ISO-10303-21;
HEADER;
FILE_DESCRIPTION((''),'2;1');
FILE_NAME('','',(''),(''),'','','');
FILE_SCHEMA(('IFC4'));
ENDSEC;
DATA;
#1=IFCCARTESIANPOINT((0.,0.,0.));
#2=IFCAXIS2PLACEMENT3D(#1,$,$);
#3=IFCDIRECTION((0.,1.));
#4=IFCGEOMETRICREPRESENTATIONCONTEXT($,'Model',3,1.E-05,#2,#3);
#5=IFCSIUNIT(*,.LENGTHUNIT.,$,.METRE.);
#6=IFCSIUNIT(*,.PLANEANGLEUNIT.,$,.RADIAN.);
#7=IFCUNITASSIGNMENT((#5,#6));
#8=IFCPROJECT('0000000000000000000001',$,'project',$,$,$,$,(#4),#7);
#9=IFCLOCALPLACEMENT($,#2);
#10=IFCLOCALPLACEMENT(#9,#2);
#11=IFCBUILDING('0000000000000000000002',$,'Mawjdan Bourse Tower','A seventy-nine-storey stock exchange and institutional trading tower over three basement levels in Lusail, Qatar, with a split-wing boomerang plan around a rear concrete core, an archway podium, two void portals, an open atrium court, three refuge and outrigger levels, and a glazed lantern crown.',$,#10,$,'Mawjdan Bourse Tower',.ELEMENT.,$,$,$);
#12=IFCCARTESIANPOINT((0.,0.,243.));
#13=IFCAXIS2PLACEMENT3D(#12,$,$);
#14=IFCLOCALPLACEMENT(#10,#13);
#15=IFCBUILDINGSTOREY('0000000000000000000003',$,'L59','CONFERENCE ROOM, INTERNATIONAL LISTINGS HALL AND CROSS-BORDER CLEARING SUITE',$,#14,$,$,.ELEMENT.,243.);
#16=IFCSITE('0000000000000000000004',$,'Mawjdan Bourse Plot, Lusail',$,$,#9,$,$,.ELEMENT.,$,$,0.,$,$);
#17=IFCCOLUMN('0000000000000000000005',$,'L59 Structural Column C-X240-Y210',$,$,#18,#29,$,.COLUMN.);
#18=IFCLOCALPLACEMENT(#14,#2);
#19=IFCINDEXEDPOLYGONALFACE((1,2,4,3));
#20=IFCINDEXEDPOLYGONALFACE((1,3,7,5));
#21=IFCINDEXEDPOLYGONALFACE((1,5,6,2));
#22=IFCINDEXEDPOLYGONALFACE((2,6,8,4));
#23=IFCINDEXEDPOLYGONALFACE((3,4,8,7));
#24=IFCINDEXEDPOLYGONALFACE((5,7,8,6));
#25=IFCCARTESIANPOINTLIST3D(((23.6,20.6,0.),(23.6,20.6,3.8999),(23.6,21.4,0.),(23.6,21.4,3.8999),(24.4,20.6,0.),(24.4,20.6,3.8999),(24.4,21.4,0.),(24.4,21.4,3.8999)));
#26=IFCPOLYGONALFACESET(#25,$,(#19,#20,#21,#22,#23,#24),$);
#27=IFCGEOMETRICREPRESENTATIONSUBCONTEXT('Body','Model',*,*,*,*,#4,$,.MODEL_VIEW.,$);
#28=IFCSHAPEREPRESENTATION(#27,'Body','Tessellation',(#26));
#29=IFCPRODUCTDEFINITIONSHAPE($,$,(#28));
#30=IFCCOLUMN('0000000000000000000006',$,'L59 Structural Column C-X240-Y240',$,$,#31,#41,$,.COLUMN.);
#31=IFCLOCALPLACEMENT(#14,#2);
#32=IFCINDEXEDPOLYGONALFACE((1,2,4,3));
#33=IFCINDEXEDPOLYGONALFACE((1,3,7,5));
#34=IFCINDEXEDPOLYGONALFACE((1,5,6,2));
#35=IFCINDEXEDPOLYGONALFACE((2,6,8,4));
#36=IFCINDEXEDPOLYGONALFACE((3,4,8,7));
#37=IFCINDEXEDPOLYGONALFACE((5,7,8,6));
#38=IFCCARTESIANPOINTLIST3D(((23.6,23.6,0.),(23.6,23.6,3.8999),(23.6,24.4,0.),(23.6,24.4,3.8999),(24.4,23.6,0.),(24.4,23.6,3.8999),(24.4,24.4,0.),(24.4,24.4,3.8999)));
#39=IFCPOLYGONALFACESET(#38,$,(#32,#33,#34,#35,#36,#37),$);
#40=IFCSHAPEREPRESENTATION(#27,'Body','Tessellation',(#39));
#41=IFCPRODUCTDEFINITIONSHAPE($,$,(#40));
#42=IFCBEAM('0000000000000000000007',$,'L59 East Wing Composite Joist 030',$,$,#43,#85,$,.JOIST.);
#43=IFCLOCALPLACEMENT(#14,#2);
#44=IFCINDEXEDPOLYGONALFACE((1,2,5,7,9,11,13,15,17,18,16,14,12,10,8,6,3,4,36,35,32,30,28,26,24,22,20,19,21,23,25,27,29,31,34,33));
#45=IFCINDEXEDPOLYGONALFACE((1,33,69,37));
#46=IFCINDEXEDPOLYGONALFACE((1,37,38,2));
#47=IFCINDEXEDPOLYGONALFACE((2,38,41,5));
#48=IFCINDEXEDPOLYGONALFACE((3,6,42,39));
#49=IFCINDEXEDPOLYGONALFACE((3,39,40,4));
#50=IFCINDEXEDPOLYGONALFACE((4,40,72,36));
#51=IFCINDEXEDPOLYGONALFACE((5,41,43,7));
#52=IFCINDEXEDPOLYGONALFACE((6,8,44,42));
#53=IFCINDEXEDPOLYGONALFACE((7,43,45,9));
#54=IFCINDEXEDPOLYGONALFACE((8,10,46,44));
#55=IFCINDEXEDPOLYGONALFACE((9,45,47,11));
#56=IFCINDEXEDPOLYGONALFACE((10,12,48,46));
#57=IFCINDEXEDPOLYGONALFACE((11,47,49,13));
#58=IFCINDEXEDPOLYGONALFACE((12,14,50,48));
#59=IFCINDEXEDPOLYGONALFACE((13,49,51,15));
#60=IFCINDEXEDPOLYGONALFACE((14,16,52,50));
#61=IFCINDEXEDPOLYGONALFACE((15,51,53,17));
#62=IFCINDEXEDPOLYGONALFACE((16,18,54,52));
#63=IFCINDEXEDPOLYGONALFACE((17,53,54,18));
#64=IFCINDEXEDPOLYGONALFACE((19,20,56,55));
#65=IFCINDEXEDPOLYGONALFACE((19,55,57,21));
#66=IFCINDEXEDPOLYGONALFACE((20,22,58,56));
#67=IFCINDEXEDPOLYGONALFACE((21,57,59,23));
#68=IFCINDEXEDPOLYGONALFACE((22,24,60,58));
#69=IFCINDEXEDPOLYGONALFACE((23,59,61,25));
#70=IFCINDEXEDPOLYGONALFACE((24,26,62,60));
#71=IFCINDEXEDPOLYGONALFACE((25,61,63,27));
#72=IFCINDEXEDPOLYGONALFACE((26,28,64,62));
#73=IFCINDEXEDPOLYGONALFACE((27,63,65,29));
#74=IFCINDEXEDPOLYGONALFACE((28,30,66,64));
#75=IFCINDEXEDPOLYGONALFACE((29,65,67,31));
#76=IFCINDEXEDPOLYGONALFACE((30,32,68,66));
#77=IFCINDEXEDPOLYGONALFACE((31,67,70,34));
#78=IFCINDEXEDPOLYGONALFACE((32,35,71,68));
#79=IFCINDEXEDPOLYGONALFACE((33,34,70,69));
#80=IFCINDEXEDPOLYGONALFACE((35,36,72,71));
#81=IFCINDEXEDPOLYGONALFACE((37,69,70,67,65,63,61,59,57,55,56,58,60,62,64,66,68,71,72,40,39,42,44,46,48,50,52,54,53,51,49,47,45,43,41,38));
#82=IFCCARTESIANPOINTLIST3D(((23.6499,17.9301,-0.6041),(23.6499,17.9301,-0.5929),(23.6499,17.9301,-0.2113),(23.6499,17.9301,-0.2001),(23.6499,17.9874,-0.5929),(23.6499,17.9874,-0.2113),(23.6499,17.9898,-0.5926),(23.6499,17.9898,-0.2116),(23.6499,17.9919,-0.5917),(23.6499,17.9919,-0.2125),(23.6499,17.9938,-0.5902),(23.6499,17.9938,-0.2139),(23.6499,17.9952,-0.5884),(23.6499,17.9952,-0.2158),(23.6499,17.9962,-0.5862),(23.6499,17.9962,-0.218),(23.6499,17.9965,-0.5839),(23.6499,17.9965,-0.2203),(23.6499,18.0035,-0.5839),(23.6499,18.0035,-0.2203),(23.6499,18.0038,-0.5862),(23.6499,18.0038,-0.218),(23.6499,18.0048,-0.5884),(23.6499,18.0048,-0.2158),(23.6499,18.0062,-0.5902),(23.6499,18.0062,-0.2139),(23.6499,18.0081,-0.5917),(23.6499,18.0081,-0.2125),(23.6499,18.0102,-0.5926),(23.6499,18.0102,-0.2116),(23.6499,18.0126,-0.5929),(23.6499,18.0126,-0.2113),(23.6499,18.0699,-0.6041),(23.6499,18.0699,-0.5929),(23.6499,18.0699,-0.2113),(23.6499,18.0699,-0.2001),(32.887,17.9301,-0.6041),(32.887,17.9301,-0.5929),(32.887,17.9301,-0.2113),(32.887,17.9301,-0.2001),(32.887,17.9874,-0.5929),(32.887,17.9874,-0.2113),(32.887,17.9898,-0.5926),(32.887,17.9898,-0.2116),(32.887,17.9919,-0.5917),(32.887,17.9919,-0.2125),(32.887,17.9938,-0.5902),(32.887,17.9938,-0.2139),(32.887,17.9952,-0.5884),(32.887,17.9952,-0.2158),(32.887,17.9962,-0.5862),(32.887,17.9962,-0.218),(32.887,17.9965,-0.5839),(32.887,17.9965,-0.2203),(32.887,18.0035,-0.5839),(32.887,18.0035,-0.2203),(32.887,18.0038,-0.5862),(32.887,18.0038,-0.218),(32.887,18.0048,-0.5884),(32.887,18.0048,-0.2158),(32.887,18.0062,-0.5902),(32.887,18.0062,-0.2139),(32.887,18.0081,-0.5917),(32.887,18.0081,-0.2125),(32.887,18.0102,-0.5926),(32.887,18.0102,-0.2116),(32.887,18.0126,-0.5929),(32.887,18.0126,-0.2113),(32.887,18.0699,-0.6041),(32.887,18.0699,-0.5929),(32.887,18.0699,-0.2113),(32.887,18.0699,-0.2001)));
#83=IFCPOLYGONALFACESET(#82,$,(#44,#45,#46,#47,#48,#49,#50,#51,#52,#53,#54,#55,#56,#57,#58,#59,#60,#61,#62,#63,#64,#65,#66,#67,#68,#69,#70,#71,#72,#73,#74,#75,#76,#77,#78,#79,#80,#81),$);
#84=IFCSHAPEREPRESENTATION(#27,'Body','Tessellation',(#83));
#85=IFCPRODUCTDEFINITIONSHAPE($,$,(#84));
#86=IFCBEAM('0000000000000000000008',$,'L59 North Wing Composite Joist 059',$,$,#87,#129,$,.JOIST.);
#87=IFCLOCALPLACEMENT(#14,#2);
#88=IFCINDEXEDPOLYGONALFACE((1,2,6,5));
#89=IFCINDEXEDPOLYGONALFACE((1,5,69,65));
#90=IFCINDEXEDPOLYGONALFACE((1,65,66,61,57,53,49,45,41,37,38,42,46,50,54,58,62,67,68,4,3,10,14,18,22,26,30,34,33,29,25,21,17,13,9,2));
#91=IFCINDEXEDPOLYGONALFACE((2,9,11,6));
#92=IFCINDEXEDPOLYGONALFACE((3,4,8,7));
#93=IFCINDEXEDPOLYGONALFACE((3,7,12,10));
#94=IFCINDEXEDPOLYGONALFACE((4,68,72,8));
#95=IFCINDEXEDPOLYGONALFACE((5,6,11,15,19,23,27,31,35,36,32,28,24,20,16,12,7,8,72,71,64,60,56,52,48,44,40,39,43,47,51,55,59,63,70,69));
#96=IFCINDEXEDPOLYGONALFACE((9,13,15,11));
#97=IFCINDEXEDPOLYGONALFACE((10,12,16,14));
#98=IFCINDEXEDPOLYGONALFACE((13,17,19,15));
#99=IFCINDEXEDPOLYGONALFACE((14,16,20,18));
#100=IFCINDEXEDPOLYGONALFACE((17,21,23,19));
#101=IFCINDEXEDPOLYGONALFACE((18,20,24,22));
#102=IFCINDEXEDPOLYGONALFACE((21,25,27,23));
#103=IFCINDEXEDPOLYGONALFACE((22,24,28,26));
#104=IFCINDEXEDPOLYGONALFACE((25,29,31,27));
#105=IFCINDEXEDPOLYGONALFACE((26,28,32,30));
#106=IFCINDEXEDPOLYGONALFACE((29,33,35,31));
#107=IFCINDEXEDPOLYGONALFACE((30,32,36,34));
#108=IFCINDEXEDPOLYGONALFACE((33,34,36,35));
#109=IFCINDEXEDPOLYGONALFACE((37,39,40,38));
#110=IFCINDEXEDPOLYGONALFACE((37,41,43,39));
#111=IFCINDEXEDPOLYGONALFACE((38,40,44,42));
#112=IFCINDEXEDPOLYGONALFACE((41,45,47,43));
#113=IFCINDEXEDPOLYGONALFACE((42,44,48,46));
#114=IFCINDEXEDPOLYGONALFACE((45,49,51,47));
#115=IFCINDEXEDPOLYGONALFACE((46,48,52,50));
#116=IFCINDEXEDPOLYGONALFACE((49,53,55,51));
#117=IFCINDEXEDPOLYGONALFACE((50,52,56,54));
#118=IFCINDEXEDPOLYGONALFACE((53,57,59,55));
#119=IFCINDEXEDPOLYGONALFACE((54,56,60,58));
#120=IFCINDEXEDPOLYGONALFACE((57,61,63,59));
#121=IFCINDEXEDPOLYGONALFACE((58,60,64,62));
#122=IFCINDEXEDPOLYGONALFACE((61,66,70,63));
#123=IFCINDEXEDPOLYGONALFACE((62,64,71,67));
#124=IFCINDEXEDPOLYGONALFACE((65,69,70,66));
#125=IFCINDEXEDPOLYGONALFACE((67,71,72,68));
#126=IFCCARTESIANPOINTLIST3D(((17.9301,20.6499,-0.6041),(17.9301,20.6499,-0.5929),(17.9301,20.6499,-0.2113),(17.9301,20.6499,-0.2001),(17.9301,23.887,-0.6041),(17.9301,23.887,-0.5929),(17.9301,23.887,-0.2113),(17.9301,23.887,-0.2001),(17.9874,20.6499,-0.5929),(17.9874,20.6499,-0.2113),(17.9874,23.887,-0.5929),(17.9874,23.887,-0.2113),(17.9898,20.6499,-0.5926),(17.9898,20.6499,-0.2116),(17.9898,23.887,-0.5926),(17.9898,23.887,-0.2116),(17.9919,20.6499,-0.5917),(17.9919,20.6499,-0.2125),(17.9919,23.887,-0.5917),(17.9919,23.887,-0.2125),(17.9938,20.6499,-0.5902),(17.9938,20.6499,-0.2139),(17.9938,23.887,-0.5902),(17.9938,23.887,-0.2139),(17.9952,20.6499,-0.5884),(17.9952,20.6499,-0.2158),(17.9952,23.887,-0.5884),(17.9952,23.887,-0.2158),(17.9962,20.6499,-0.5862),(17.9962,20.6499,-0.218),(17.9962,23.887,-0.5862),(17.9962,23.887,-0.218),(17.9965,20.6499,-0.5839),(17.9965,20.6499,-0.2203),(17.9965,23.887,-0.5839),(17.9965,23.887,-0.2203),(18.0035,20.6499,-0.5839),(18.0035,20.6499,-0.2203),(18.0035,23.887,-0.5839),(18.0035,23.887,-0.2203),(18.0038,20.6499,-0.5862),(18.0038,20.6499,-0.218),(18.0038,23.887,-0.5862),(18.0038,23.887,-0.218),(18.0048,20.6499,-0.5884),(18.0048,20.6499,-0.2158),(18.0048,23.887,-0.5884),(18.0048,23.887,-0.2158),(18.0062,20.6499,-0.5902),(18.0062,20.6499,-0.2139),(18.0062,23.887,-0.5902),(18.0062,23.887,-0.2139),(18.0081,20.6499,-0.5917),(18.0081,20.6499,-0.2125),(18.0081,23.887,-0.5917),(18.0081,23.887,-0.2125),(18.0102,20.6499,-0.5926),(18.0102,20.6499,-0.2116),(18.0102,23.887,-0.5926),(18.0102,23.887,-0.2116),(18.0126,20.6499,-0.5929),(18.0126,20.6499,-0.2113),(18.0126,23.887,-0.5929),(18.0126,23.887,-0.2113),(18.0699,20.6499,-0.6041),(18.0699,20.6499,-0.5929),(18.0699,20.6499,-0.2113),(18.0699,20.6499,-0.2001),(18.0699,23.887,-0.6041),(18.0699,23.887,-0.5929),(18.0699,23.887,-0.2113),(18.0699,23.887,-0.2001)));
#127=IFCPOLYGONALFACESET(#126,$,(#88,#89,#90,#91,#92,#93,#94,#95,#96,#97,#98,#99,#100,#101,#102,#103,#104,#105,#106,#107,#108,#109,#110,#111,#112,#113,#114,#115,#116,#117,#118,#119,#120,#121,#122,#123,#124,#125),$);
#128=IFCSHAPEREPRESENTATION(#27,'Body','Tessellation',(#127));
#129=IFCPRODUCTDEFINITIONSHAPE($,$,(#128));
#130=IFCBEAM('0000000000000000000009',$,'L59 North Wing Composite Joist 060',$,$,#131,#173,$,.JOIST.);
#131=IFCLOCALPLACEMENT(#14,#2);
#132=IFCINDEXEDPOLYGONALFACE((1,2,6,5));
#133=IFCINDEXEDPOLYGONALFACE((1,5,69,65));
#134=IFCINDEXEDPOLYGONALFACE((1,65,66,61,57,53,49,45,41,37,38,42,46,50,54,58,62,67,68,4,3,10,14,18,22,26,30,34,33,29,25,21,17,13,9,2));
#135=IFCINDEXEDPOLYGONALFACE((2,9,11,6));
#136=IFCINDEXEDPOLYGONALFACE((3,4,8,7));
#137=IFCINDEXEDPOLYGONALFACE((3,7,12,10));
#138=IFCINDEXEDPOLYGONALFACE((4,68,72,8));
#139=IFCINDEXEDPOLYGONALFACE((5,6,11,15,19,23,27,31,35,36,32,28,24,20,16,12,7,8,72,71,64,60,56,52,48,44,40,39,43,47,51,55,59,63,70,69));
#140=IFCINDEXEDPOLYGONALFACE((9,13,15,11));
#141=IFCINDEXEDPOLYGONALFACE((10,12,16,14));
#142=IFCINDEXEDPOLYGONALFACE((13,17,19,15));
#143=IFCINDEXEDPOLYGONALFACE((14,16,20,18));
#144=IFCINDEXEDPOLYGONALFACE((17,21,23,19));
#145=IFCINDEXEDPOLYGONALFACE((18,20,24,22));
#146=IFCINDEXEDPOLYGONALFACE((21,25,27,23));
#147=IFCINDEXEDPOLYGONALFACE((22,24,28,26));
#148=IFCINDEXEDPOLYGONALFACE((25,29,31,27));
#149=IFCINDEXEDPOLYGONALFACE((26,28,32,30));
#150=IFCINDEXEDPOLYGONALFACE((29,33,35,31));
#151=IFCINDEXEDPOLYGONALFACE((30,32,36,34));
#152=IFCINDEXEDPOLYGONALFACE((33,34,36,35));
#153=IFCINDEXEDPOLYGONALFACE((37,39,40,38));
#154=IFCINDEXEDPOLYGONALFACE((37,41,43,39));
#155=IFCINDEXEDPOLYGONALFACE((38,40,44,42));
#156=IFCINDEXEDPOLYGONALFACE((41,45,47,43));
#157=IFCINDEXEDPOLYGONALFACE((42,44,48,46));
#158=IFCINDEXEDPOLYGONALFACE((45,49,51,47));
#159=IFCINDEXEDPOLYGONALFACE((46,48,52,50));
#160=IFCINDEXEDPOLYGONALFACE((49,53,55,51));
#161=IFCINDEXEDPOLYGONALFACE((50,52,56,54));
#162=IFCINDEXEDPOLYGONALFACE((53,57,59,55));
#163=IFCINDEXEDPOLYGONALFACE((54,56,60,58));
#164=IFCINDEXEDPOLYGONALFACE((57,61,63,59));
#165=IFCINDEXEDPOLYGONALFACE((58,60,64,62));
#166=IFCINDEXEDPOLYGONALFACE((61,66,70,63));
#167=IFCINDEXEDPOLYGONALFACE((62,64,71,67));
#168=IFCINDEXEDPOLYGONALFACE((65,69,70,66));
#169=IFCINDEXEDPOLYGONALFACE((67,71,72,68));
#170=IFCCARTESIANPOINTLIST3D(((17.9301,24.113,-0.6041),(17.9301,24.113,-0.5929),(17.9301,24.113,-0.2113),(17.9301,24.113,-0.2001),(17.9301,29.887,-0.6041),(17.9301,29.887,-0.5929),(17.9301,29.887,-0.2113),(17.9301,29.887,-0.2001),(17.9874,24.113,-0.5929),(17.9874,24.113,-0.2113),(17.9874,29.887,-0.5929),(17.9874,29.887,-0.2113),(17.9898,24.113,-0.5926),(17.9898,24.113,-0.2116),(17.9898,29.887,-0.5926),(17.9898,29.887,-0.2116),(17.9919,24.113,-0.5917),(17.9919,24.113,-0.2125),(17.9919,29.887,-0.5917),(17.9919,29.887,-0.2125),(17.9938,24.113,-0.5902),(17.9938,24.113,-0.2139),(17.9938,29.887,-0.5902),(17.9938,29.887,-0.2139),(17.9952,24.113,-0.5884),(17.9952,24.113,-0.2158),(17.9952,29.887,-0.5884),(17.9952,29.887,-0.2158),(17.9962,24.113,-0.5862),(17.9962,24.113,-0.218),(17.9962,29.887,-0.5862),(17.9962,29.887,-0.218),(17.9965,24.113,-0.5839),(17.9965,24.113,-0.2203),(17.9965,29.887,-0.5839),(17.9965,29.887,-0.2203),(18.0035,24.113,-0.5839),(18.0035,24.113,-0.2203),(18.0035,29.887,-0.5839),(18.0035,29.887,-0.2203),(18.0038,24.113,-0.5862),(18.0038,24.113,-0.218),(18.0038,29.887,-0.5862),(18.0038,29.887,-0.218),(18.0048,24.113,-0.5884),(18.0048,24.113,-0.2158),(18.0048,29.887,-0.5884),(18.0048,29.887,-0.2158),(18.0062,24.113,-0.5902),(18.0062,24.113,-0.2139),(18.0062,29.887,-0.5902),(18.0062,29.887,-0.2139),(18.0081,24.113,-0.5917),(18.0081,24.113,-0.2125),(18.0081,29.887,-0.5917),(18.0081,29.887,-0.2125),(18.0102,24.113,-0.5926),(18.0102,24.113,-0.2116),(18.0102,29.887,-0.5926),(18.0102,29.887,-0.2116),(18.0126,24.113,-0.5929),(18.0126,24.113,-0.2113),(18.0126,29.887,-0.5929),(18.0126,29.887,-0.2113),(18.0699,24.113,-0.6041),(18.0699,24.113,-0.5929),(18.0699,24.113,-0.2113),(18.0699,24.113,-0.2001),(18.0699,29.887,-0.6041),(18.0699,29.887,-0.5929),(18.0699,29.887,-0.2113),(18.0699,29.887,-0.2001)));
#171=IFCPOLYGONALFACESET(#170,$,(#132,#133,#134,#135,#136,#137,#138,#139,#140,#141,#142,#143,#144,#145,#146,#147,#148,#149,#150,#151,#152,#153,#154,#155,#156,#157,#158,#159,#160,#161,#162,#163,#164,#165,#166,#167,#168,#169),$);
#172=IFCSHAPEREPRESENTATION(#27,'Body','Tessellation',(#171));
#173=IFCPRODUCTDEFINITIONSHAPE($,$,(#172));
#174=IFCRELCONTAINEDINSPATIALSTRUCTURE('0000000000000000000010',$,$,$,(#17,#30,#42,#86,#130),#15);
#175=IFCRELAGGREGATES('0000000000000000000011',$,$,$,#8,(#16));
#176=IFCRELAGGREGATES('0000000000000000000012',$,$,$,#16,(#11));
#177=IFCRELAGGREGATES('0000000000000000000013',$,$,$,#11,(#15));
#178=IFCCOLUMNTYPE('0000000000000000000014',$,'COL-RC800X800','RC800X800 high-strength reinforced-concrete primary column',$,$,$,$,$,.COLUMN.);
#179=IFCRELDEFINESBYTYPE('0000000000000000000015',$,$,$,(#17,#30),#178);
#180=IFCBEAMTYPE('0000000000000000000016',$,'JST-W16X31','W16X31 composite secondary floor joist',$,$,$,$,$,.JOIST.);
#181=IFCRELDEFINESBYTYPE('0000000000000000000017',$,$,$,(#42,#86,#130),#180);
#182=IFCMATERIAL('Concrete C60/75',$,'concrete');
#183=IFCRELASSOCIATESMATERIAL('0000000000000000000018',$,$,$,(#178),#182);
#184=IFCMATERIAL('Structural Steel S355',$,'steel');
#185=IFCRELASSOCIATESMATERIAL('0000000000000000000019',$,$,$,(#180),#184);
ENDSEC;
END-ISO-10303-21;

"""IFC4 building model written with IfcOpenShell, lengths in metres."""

from ifc_helpers import new_model, si_unit, direction, frame, origin, origin_2d, place, context, subcontext, project, spatial, rectangle, i_section, extrude, material, material_profile, profile_set, type_object, element, save


model = new_model("IFC4")

# Units and contexts
model_context = context("Model", 3, precision=1e-05, world=origin(), true_north=direction((0.0, 1.0)))
body_context = subcontext(model_context, "Body", "Model", "MODEL_VIEW")
ifc_project = project(units=[si_unit("LENGTHUNIT", "METRE"), si_unit("PLANEANGLEUNIT", "RADIAN")], contexts=[model_context])

# Site, building, storey
site_placement = place(None, origin())
site = spatial("IfcSite", under=ifc_project, at=site_placement, Name="Mawjdan Bourse Plot, Lusail", CompositionType="ELEMENT", RefElevation=0.0)
building_placement = place(site_placement, origin())
building = spatial("IfcBuilding", under=site, at=building_placement, Name="Mawjdan Bourse Tower", Description="A seventy-nine-storey stock exchange and institutional trading tower over three basement levels in Lusail, Qatar, with a split-wing boomerang plan around a rear concrete core, an archway podium, two void portals, an open atrium court, three refuge and outrigger levels, and a glazed lantern crown.", LongName="Mawjdan Bourse Tower", CompositionType="ELEMENT")
storey_placement = place(building_placement, frame((0.0, 0.0, 243.0)))
storey = spatial("IfcBuildingStorey", under=building, at=storey_placement, Name="L59", Description="CONFERENCE ROOM, INTERNATIONAL LISTINGS HALL AND CROSS-BORDER CLEARING SUITE", CompositionType="ELEMENT", Elevation=243.0)

# Columns
ifc_material_1 = material(Name="Concrete C60/75", Category="concrete")
ifc_material_profile_1 = material_profile(ifc_material_1, rectangle(XDim=0.8, YDim=0.8, at=origin_2d()), Name="RC800X800")
ifc_profile_set_1 = profile_set([ifc_material_profile_1], Name="Concrete C60/75")
column_type = type_object("IfcColumnType", Name="COL-RC800X800", Description="RC800X800 high-strength reinforced-concrete primary column", PredefinedType="COLUMN", material=ifc_profile_set_1)
for number, where, z_axis, x_axis, name in (
    (1, (24.0, 21.0, 0.0), (0.0, 0.0, 1.0), (1.0, 0.0, 0.0), "L59 Structural Column C-X240-Y210"),
    (2, (24.0, 24.0, 0.0), (0.0, 0.0, 1.0), (1.0, 0.0, 0.0), "L59 Structural Column C-X240-Y240"),
):
    element("IfcColumn", number, at=place(storey_placement, frame(where, z_axis=z_axis, x_axis=x_axis)), inside=storey, type_object=column_type, Name=name, PredefinedType="COLUMN", context=body_context, shape_type="SweptSolid", body=[
        extrude(rectangle(XDim=0.8, YDim=0.8, at=origin_2d()), origin(), (0.0, 0.0, 1.0), 3.8999),
    ])

# Beams
ifc_material_2 = material(Name="Structural Steel S355", Category="steel")
ifc_material_profile_2 = material_profile(ifc_material_2, i_section(OverallWidth=0.1399, OverallDepth=0.4041, WebThickness=0.0071, FlangeThickness=0.0112, FilletRadius=0.009, at=origin_2d()), Name="W16X31")
ifc_profile_set_2 = profile_set([ifc_material_profile_2], Name="Structural Steel S355")
beam_type_1 = type_object("IfcBeamType", Name="JST-W16X31", Description="W16X31 composite secondary floor joist", PredefinedType="JOIST", material=ifc_profile_set_2)
beam_1_placement = place(storey_placement, frame((23.6499, 18.0, -0.4021), z_axis=(1.0, 0.0, 0.0), x_axis=(0.0, 1.0, 0.0)))
element("IfcBeam", 3, at=beam_1_placement, inside=storey, type_object=beam_type_1, Name="L59 East Wing Composite Joist 030", PredefinedType="JOIST", context=body_context, shape_type="SweptSolid", body=[
    extrude(i_section(OverallWidth=0.1399, OverallDepth=0.4041, WebThickness=0.0071, FlangeThickness=0.0112, FilletRadius=0.009, at=origin_2d()), origin(), (0.0, 0.0, 1.0), 9.2371),
])
beam_2_placement = place(storey_placement, frame((18.0, 20.6499, -0.4021), z_axis=(0.0, 1.0, 0.0), x_axis=(-1.0, 0.0, 0.0)))
element("IfcBeam", 4, at=beam_2_placement, inside=storey, type_object=beam_type_1, Name="L59 North Wing Composite Joist 059", PredefinedType="JOIST", context=body_context, shape_type="SweptSolid", body=[
    extrude(i_section(OverallWidth=0.1399, OverallDepth=0.4041, WebThickness=0.0071, FlangeThickness=0.0112, FilletRadius=0.009, at=origin_2d()), origin(), (0.0, 0.0, 1.0), 3.2371),
])
for number, where, z_axis, x_axis, name in (
    (5, (18.0, 24.113, -0.4021), (0.0, 1.0, 0.0), (-1.0, 0.0, 0.0), "L59 North Wing Composite Joist 060"),
):
    element("IfcBeam", number, at=place(storey_placement, frame(where, z_axis=z_axis, x_axis=x_axis)), inside=storey, type_object=beam_type_1, Name=name, PredefinedType="JOIST", context=body_context, shape_type="SweptSolid", body=[
        extrude(i_section(OverallWidth=0.1399, OverallDepth=0.4041, WebThickness=0.0071, FlangeThickness=0.0112, FilletRadius=0.009, at=origin_2d()), origin(), (0.0, 0.0, 1.0), 5.7739),
    ])

save(model, "model.ifc")
